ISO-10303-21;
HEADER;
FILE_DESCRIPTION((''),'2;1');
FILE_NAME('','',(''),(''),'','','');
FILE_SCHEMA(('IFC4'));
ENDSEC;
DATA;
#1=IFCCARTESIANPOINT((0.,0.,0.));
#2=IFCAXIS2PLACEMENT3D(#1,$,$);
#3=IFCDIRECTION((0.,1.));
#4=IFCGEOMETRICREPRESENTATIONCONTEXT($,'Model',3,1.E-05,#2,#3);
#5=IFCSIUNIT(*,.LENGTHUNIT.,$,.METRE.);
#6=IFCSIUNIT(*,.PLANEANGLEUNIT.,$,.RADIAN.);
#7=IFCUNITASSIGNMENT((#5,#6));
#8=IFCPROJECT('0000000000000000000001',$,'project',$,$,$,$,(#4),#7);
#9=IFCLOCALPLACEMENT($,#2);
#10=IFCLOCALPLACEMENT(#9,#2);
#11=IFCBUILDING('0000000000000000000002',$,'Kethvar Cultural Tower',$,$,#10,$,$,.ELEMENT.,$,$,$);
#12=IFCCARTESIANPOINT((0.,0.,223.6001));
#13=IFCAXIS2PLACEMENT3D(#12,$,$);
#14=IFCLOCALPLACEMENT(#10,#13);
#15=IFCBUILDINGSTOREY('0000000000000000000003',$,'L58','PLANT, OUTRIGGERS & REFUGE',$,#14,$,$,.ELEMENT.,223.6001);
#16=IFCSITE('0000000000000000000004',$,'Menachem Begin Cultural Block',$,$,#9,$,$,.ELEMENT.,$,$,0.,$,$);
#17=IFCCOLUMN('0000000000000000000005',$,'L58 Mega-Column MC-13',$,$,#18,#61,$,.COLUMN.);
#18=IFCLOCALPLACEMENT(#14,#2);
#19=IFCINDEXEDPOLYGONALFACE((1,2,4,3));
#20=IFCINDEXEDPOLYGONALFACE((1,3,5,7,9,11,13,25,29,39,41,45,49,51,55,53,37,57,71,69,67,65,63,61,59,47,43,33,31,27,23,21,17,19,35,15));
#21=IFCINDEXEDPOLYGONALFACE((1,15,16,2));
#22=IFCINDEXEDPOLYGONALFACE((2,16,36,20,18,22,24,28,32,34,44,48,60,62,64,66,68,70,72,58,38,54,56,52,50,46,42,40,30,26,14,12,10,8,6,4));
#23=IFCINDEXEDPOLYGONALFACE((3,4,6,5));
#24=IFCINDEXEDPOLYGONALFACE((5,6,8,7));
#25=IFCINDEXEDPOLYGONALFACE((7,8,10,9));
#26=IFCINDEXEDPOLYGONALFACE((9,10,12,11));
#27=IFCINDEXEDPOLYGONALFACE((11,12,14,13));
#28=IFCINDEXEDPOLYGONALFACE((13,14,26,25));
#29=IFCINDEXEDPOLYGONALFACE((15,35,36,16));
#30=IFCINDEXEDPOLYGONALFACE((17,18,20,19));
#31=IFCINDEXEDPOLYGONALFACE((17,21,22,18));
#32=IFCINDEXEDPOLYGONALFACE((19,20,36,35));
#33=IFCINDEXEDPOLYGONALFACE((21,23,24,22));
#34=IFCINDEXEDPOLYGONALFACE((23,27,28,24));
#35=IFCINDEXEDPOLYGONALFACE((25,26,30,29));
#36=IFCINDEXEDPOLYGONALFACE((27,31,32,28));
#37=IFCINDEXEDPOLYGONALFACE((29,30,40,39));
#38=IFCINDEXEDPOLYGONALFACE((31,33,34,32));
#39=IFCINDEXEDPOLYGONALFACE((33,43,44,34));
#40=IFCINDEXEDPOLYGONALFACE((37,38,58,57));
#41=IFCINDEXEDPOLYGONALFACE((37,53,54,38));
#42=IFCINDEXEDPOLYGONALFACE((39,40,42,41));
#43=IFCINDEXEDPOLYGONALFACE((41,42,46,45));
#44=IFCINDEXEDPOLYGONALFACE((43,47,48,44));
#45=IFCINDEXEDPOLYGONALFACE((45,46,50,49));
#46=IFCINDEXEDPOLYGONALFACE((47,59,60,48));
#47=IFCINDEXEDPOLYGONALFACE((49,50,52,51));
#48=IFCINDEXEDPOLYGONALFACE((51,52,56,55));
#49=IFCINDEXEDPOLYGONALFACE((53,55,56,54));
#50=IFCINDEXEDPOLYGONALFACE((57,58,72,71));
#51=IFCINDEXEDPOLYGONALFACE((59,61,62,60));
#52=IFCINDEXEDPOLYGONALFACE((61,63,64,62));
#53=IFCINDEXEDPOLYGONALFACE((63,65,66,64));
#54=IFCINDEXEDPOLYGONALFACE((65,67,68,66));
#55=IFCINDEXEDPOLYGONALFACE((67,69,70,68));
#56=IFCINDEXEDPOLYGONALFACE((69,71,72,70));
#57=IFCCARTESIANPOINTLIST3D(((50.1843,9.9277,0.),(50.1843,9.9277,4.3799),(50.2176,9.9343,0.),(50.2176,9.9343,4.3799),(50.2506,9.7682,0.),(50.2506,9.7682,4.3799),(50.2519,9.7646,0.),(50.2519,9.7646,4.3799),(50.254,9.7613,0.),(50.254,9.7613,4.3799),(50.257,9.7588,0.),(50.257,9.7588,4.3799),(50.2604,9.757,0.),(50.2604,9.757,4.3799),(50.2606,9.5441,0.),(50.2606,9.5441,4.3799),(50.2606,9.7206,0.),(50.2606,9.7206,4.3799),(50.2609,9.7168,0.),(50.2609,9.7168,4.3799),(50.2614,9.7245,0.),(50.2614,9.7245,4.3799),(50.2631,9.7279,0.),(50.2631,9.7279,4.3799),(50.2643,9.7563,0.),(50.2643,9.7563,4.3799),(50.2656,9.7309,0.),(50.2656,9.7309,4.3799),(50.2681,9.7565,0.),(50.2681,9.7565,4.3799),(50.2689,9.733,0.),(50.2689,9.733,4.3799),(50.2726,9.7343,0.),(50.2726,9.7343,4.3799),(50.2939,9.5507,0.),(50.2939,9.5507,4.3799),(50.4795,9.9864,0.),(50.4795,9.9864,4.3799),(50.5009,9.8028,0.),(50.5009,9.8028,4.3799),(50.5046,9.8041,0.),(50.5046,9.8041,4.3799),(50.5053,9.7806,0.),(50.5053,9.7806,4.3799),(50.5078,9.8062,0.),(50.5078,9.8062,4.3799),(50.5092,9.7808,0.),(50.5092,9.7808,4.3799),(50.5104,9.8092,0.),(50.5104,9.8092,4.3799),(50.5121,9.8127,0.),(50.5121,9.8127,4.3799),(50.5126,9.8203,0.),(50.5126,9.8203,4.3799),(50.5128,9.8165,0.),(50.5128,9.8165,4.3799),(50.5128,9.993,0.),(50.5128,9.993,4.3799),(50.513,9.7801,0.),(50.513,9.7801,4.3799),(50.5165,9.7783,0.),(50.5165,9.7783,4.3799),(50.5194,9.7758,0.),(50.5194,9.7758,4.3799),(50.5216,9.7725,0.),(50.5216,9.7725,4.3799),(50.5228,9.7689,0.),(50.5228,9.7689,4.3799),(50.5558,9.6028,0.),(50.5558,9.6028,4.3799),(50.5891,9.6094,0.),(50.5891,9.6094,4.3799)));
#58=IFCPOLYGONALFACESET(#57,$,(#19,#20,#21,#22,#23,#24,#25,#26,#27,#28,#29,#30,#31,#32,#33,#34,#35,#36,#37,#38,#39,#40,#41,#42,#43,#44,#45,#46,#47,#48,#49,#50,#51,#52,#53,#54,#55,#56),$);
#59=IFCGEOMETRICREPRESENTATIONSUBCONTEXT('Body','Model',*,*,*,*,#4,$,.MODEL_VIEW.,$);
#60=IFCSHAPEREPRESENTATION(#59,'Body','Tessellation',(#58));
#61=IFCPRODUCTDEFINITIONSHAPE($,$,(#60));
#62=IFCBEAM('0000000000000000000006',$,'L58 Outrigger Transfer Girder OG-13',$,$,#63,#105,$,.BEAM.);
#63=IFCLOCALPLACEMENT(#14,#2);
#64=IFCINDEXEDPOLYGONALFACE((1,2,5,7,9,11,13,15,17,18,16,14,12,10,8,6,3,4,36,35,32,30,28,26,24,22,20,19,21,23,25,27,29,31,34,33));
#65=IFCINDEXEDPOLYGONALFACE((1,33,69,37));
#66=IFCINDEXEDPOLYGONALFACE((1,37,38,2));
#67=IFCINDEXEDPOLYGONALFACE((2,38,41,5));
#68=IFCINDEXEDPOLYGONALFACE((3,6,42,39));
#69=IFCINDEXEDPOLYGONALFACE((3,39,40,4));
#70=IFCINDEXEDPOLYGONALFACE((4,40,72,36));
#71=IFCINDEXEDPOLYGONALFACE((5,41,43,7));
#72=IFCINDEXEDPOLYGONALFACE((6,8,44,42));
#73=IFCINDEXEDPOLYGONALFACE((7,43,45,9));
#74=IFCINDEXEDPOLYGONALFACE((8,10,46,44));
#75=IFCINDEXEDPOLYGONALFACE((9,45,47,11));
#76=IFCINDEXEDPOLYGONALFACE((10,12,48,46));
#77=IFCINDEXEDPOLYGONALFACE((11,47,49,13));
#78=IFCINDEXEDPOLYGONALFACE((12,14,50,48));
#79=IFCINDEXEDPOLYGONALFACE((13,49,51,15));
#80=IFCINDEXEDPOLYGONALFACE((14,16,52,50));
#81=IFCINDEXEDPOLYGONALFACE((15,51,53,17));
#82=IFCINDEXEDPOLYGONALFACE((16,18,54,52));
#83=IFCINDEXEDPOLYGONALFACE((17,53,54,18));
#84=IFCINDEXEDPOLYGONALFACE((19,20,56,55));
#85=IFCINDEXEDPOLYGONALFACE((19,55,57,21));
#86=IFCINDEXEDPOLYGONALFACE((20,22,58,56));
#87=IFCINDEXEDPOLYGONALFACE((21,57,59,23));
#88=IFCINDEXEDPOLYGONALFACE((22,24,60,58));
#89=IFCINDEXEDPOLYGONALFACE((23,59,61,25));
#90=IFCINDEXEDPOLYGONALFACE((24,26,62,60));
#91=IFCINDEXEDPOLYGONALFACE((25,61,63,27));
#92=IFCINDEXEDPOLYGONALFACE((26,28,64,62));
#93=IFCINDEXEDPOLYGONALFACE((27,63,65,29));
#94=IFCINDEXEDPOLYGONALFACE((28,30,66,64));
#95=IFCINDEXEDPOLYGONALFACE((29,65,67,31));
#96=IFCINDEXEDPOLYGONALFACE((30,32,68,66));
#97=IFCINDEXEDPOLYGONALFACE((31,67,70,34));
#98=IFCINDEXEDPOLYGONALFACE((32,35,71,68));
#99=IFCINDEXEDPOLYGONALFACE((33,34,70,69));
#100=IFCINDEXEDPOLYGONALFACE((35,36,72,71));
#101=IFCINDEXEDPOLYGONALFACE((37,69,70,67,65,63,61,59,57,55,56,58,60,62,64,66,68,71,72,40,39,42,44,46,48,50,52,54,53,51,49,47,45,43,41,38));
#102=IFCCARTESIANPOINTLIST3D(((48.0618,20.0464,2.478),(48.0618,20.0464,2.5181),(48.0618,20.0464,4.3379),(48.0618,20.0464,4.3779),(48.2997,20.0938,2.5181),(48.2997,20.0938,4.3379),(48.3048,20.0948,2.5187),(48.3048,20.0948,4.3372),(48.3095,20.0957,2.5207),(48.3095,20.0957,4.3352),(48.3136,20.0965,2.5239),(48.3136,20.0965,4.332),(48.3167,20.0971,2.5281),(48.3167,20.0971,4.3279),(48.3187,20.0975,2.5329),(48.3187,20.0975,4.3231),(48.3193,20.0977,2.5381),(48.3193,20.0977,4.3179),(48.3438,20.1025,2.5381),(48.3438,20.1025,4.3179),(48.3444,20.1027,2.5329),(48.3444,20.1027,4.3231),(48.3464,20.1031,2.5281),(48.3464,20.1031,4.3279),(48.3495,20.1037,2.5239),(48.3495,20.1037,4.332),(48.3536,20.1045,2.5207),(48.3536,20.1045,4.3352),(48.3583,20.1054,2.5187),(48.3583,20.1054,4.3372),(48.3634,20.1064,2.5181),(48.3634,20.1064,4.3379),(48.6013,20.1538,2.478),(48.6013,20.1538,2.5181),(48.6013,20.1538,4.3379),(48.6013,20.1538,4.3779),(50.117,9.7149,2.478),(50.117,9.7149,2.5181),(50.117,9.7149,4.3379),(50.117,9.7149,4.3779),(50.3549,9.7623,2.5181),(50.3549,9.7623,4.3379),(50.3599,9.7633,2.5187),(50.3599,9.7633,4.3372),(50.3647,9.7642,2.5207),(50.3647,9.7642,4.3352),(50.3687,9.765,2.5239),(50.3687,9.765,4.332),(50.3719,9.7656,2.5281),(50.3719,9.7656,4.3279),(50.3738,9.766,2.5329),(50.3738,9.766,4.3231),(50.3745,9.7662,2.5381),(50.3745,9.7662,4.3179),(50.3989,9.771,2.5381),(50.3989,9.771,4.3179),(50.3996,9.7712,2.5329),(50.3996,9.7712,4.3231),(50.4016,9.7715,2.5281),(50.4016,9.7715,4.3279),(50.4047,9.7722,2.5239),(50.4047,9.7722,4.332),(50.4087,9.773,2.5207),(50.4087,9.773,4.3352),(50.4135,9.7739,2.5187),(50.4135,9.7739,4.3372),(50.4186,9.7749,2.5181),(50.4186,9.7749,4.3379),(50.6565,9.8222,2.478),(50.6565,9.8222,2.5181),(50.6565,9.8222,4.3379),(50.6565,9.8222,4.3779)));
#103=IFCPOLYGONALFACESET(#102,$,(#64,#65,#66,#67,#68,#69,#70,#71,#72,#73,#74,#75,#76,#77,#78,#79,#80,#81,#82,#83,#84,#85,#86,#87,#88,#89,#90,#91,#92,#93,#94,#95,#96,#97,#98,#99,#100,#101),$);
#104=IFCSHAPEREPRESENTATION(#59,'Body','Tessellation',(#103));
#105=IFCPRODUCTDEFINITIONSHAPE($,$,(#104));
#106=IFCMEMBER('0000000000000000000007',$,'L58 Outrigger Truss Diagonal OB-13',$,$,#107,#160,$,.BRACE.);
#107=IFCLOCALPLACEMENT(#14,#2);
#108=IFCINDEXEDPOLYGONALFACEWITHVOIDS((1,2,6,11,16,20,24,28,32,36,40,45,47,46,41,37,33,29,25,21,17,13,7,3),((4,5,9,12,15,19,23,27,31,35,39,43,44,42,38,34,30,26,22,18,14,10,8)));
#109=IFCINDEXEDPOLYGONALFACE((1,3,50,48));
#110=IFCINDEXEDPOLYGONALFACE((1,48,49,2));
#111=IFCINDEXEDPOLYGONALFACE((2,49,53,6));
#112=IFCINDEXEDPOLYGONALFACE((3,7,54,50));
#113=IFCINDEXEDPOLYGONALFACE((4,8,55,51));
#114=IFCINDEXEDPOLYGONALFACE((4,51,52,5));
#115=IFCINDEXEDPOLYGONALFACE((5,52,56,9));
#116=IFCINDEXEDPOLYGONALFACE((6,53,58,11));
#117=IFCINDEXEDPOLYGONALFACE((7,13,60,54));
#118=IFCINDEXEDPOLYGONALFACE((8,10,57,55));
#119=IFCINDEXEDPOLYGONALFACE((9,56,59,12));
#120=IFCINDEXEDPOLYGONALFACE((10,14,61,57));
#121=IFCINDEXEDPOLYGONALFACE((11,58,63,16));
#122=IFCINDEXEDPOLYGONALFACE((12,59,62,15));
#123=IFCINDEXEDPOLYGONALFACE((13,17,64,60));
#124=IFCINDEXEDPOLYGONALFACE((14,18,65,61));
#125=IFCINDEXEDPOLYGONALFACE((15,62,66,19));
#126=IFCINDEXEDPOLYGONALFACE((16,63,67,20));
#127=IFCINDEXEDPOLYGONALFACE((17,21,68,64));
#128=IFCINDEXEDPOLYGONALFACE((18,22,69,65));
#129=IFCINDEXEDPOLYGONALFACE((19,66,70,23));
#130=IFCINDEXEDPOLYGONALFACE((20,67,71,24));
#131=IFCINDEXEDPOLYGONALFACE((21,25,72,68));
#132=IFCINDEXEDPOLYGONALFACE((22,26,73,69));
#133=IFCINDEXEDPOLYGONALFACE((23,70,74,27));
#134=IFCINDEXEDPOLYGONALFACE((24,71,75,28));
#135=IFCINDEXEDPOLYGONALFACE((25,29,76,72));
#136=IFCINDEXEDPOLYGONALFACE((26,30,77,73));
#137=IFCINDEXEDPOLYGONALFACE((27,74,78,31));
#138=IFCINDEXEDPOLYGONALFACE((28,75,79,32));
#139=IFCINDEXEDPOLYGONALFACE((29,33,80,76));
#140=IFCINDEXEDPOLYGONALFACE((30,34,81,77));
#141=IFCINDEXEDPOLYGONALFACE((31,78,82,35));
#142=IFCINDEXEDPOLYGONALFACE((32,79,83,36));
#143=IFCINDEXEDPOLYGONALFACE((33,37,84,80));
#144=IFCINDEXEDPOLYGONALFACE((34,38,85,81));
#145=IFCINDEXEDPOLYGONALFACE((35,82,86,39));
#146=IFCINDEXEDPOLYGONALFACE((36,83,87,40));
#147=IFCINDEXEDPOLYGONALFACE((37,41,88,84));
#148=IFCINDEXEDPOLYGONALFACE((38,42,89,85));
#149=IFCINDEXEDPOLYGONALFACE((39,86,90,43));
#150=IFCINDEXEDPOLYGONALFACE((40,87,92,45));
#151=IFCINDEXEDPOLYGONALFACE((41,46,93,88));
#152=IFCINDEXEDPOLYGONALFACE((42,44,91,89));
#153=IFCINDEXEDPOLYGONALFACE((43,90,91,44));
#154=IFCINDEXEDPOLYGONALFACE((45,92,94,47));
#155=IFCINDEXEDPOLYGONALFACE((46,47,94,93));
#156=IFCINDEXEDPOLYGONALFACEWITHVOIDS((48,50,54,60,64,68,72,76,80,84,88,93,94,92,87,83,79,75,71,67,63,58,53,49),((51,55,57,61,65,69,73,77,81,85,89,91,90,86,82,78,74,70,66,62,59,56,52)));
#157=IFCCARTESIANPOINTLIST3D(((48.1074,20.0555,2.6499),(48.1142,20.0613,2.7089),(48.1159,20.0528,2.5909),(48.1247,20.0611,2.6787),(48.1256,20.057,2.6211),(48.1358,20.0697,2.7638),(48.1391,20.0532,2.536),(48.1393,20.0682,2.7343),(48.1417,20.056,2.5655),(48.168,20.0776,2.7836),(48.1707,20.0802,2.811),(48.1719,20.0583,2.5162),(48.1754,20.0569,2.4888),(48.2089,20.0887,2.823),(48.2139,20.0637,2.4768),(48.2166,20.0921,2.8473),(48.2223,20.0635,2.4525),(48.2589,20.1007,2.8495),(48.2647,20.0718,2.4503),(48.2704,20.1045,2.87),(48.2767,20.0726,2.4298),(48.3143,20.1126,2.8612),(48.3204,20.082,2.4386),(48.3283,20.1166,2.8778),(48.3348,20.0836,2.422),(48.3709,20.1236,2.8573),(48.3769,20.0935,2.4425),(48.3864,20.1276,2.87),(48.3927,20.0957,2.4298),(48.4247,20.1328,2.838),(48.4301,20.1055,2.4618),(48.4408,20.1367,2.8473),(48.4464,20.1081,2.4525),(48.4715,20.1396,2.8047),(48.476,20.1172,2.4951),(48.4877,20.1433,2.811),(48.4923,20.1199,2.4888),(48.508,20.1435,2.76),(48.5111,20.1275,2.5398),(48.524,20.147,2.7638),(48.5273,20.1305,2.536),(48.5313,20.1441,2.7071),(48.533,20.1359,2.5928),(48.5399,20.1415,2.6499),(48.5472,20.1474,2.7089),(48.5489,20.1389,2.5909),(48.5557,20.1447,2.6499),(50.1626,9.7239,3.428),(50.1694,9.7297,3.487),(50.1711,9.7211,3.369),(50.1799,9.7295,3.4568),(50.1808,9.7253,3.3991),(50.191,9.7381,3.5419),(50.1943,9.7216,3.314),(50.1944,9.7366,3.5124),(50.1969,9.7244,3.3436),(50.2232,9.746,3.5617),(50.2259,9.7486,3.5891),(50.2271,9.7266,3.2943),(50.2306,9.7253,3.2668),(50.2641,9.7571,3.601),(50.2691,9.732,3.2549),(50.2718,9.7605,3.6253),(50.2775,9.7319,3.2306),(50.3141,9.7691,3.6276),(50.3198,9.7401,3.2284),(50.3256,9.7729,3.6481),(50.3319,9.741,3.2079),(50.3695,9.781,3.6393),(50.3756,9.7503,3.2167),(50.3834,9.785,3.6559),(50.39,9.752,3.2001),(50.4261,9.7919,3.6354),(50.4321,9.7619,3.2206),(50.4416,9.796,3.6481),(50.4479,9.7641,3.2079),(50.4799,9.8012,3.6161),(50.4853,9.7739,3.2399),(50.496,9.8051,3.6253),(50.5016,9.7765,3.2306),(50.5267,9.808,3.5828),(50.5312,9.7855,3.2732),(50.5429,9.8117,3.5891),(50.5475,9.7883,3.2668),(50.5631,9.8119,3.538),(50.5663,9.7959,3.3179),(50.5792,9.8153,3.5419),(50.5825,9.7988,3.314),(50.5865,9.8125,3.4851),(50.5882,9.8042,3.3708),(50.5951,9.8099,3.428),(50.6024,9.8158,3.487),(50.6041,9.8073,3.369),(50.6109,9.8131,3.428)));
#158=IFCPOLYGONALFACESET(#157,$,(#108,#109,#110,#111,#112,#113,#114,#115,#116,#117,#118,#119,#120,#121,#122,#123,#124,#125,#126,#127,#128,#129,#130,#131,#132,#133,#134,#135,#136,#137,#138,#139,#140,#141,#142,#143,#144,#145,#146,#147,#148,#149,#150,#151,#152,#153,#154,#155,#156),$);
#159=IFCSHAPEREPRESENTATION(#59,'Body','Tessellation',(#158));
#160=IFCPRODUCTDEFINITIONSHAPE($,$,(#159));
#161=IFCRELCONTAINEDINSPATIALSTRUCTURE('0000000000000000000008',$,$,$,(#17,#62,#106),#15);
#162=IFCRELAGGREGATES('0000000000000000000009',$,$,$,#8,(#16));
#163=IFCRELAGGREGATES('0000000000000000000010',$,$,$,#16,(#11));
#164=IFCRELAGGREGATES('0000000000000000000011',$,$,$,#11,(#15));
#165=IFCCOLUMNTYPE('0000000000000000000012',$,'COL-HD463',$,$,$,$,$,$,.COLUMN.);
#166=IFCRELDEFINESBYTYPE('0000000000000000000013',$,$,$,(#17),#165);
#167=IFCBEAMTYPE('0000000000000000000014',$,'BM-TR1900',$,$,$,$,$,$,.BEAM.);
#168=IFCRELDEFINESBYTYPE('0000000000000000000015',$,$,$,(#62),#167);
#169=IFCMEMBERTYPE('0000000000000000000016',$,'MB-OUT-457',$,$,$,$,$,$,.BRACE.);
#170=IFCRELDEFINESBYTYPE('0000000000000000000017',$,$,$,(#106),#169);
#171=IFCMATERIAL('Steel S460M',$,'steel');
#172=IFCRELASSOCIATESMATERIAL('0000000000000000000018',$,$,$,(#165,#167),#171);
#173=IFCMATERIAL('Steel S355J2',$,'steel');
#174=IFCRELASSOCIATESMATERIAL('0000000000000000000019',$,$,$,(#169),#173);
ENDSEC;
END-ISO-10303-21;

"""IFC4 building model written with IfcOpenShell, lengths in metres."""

from ifc_helpers import new_model, si_unit, direction, frame, origin, origin_2d, place, context, subcontext, project, spatial, hollow_circle, i_section, extrude, source, transform, mapped, material, material_profile, profile_set, type_object, element, save


model = new_model("IFC4")

# Units and contexts
model_context = context("Model", 3, precision=1e-05, world=origin(), true_north=direction((0.0, 1.0)))
body_context = subcontext(model_context, "Body", "Model", "MODEL_VIEW")
ifc_project = project(units=[si_unit("LENGTHUNIT", "METRE"), si_unit("PLANEANGLEUNIT", "RADIAN")], contexts=[model_context])

# Site, building, storey
site_placement = place(None, origin())
site = spatial("IfcSite", under=ifc_project, at=site_placement, Name="Menachem Begin Cultural Block", CompositionType="ELEMENT", RefElevation=0.0)
building_placement = place(site_placement, origin())
building = spatial("IfcBuilding", under=site, at=building_placement, Name="Kethvar Cultural Tower", CompositionType="ELEMENT")
storey_placement = place(building_placement, frame((0.0, 0.0, 223.6001)))
storey = spatial("IfcBuildingStorey", under=building, at=storey_placement, Name="L58", Description="PLANT, OUTRIGGERS & REFUGE", CompositionType="ELEMENT", Elevation=223.6001)

# Column
ifc_material_1 = material(Name="Steel S460M", Category="steel")
ifc_material_profile_1 = material_profile(ifc_material_1, i_section(OverallWidth=0.3911, OverallDepth=0.335, WebThickness=0.0227, FlangeThickness=0.0339, FilletRadius=0.0149, at=origin_2d()), Name="Steel S460M — HD400x463")
ifc_profile_set_1 = profile_set([ifc_material_profile_1], Name="Steel S460M — HD400x463")
column_type = type_object("IfcColumnType", Name="COL-HD463", PredefinedType="COLUMN", material=ifc_profile_set_1)
shared_shape_1 = source(origin(), body_context, "Body", "SweptSolid", [
    extrude(i_section(OverallWidth=0.3911, OverallDepth=0.335, WebThickness=0.0227, FlangeThickness=0.0339, FilletRadius=0.0149, at=origin_2d()), origin(), (0.0, 0.0, 1.0), 4.3799),
])
column_placement = place(storey_placement, frame((50.3867, 9.7686, 0.0), z_axis=(0.0, 0.0, 1.0), x_axis=(0.19509, -0.980785, 0.0)))
element("IfcColumn", 1, at=column_placement, inside=storey, type_object=column_type, Name="L58 Mega-Column MC-13", PredefinedType="COLUMN", context=body_context, shape_type="MappedRepresentation", body=[
    mapped(shared_shape_1, transform((0.0, 0.0, 0.0), scale=1.0)),
])

# Beam
ifc_material_profile_2 = material_profile(ifc_material_1, i_section(OverallWidth=0.55, OverallDepth=1.8999, WebThickness=0.0249, FlangeThickness=0.04, FilletRadius=0.02, at=origin_2d()), Name="Steel S460M — PG1900x550x40x25")
ifc_profile_set_2 = profile_set([ifc_material_profile_2], Name="Steel S460M — PG1900x550x40x25")
beam_type = type_object("IfcBeamType", Name="BM-TR1900", PredefinedType="BEAM", material=ifc_profile_set_2)
shared_shape_2 = source(origin(), body_context, "Body", "SweptSolid", [
    extrude(i_section(OverallWidth=0.55, OverallDepth=1.8999, WebThickness=0.0249, FlangeThickness=0.04, FilletRadius=0.02, at=origin_2d()), origin(), (0.0, 0.0, 1.0), 10.5339),
])
beam_1_placement = place(storey_placement, frame((48.3315, 20.1001, 3.428), z_axis=(0.1951, -0.980783, 0.0), x_axis=(0.980783, 0.1951, 0.0)))
element("IfcBeam", 2, at=beam_1_placement, inside=storey, type_object=beam_type, Name="L58 Outrigger Transfer Girder OG-13", PredefinedType="BEAM", context=body_context, shape_type="MappedRepresentation", body=[
    mapped(shared_shape_2, transform((0.0, 0.0, 0.0), scale=1.0)),
])

# Member
ifc_material_2 = material(Name="Steel S355J2", Category="steel")
ifc_material_profile_3 = material_profile(ifc_material_2, hollow_circle(Radius=0.2285, WallThickness=0.0161, at=origin_2d()), Name="Steel S355J2 — CHS457x16")
ifc_profile_set_3 = profile_set([ifc_material_profile_3], Name="Steel S355J2 — CHS457x16")
member_type_1 = type_object("IfcMemberType", Name="MB-OUT-457", PredefinedType="BRACE", material=ifc_profile_set_3)
shared_shape_3 = source(origin(), body_context, "Body", "SweptSolid", [
    extrude(hollow_circle(Radius=0.2285, WallThickness=0.0161, at=origin_2d()), origin(), (0.0, 0.0, 1.0), 10.5627),
])
member_1_placement = place(storey_placement, frame((48.3315, 20.1001, 2.6499), z_axis=(0.19457, -0.978119, 0.073663), x_axis=(0.980783, 0.1951, 0.0)))
element("IfcMember", 3, at=member_1_placement, inside=storey, type_object=member_type_1, Name="L58 Outrigger Truss Diagonal OB-13", PredefinedType="BRACE", context=body_context, shape_type="MappedRepresentation", body=[
    mapped(shared_shape_3, transform((0.0, 0.0, 0.0), scale=1.0)),
])

save(model, "model.ifc")
